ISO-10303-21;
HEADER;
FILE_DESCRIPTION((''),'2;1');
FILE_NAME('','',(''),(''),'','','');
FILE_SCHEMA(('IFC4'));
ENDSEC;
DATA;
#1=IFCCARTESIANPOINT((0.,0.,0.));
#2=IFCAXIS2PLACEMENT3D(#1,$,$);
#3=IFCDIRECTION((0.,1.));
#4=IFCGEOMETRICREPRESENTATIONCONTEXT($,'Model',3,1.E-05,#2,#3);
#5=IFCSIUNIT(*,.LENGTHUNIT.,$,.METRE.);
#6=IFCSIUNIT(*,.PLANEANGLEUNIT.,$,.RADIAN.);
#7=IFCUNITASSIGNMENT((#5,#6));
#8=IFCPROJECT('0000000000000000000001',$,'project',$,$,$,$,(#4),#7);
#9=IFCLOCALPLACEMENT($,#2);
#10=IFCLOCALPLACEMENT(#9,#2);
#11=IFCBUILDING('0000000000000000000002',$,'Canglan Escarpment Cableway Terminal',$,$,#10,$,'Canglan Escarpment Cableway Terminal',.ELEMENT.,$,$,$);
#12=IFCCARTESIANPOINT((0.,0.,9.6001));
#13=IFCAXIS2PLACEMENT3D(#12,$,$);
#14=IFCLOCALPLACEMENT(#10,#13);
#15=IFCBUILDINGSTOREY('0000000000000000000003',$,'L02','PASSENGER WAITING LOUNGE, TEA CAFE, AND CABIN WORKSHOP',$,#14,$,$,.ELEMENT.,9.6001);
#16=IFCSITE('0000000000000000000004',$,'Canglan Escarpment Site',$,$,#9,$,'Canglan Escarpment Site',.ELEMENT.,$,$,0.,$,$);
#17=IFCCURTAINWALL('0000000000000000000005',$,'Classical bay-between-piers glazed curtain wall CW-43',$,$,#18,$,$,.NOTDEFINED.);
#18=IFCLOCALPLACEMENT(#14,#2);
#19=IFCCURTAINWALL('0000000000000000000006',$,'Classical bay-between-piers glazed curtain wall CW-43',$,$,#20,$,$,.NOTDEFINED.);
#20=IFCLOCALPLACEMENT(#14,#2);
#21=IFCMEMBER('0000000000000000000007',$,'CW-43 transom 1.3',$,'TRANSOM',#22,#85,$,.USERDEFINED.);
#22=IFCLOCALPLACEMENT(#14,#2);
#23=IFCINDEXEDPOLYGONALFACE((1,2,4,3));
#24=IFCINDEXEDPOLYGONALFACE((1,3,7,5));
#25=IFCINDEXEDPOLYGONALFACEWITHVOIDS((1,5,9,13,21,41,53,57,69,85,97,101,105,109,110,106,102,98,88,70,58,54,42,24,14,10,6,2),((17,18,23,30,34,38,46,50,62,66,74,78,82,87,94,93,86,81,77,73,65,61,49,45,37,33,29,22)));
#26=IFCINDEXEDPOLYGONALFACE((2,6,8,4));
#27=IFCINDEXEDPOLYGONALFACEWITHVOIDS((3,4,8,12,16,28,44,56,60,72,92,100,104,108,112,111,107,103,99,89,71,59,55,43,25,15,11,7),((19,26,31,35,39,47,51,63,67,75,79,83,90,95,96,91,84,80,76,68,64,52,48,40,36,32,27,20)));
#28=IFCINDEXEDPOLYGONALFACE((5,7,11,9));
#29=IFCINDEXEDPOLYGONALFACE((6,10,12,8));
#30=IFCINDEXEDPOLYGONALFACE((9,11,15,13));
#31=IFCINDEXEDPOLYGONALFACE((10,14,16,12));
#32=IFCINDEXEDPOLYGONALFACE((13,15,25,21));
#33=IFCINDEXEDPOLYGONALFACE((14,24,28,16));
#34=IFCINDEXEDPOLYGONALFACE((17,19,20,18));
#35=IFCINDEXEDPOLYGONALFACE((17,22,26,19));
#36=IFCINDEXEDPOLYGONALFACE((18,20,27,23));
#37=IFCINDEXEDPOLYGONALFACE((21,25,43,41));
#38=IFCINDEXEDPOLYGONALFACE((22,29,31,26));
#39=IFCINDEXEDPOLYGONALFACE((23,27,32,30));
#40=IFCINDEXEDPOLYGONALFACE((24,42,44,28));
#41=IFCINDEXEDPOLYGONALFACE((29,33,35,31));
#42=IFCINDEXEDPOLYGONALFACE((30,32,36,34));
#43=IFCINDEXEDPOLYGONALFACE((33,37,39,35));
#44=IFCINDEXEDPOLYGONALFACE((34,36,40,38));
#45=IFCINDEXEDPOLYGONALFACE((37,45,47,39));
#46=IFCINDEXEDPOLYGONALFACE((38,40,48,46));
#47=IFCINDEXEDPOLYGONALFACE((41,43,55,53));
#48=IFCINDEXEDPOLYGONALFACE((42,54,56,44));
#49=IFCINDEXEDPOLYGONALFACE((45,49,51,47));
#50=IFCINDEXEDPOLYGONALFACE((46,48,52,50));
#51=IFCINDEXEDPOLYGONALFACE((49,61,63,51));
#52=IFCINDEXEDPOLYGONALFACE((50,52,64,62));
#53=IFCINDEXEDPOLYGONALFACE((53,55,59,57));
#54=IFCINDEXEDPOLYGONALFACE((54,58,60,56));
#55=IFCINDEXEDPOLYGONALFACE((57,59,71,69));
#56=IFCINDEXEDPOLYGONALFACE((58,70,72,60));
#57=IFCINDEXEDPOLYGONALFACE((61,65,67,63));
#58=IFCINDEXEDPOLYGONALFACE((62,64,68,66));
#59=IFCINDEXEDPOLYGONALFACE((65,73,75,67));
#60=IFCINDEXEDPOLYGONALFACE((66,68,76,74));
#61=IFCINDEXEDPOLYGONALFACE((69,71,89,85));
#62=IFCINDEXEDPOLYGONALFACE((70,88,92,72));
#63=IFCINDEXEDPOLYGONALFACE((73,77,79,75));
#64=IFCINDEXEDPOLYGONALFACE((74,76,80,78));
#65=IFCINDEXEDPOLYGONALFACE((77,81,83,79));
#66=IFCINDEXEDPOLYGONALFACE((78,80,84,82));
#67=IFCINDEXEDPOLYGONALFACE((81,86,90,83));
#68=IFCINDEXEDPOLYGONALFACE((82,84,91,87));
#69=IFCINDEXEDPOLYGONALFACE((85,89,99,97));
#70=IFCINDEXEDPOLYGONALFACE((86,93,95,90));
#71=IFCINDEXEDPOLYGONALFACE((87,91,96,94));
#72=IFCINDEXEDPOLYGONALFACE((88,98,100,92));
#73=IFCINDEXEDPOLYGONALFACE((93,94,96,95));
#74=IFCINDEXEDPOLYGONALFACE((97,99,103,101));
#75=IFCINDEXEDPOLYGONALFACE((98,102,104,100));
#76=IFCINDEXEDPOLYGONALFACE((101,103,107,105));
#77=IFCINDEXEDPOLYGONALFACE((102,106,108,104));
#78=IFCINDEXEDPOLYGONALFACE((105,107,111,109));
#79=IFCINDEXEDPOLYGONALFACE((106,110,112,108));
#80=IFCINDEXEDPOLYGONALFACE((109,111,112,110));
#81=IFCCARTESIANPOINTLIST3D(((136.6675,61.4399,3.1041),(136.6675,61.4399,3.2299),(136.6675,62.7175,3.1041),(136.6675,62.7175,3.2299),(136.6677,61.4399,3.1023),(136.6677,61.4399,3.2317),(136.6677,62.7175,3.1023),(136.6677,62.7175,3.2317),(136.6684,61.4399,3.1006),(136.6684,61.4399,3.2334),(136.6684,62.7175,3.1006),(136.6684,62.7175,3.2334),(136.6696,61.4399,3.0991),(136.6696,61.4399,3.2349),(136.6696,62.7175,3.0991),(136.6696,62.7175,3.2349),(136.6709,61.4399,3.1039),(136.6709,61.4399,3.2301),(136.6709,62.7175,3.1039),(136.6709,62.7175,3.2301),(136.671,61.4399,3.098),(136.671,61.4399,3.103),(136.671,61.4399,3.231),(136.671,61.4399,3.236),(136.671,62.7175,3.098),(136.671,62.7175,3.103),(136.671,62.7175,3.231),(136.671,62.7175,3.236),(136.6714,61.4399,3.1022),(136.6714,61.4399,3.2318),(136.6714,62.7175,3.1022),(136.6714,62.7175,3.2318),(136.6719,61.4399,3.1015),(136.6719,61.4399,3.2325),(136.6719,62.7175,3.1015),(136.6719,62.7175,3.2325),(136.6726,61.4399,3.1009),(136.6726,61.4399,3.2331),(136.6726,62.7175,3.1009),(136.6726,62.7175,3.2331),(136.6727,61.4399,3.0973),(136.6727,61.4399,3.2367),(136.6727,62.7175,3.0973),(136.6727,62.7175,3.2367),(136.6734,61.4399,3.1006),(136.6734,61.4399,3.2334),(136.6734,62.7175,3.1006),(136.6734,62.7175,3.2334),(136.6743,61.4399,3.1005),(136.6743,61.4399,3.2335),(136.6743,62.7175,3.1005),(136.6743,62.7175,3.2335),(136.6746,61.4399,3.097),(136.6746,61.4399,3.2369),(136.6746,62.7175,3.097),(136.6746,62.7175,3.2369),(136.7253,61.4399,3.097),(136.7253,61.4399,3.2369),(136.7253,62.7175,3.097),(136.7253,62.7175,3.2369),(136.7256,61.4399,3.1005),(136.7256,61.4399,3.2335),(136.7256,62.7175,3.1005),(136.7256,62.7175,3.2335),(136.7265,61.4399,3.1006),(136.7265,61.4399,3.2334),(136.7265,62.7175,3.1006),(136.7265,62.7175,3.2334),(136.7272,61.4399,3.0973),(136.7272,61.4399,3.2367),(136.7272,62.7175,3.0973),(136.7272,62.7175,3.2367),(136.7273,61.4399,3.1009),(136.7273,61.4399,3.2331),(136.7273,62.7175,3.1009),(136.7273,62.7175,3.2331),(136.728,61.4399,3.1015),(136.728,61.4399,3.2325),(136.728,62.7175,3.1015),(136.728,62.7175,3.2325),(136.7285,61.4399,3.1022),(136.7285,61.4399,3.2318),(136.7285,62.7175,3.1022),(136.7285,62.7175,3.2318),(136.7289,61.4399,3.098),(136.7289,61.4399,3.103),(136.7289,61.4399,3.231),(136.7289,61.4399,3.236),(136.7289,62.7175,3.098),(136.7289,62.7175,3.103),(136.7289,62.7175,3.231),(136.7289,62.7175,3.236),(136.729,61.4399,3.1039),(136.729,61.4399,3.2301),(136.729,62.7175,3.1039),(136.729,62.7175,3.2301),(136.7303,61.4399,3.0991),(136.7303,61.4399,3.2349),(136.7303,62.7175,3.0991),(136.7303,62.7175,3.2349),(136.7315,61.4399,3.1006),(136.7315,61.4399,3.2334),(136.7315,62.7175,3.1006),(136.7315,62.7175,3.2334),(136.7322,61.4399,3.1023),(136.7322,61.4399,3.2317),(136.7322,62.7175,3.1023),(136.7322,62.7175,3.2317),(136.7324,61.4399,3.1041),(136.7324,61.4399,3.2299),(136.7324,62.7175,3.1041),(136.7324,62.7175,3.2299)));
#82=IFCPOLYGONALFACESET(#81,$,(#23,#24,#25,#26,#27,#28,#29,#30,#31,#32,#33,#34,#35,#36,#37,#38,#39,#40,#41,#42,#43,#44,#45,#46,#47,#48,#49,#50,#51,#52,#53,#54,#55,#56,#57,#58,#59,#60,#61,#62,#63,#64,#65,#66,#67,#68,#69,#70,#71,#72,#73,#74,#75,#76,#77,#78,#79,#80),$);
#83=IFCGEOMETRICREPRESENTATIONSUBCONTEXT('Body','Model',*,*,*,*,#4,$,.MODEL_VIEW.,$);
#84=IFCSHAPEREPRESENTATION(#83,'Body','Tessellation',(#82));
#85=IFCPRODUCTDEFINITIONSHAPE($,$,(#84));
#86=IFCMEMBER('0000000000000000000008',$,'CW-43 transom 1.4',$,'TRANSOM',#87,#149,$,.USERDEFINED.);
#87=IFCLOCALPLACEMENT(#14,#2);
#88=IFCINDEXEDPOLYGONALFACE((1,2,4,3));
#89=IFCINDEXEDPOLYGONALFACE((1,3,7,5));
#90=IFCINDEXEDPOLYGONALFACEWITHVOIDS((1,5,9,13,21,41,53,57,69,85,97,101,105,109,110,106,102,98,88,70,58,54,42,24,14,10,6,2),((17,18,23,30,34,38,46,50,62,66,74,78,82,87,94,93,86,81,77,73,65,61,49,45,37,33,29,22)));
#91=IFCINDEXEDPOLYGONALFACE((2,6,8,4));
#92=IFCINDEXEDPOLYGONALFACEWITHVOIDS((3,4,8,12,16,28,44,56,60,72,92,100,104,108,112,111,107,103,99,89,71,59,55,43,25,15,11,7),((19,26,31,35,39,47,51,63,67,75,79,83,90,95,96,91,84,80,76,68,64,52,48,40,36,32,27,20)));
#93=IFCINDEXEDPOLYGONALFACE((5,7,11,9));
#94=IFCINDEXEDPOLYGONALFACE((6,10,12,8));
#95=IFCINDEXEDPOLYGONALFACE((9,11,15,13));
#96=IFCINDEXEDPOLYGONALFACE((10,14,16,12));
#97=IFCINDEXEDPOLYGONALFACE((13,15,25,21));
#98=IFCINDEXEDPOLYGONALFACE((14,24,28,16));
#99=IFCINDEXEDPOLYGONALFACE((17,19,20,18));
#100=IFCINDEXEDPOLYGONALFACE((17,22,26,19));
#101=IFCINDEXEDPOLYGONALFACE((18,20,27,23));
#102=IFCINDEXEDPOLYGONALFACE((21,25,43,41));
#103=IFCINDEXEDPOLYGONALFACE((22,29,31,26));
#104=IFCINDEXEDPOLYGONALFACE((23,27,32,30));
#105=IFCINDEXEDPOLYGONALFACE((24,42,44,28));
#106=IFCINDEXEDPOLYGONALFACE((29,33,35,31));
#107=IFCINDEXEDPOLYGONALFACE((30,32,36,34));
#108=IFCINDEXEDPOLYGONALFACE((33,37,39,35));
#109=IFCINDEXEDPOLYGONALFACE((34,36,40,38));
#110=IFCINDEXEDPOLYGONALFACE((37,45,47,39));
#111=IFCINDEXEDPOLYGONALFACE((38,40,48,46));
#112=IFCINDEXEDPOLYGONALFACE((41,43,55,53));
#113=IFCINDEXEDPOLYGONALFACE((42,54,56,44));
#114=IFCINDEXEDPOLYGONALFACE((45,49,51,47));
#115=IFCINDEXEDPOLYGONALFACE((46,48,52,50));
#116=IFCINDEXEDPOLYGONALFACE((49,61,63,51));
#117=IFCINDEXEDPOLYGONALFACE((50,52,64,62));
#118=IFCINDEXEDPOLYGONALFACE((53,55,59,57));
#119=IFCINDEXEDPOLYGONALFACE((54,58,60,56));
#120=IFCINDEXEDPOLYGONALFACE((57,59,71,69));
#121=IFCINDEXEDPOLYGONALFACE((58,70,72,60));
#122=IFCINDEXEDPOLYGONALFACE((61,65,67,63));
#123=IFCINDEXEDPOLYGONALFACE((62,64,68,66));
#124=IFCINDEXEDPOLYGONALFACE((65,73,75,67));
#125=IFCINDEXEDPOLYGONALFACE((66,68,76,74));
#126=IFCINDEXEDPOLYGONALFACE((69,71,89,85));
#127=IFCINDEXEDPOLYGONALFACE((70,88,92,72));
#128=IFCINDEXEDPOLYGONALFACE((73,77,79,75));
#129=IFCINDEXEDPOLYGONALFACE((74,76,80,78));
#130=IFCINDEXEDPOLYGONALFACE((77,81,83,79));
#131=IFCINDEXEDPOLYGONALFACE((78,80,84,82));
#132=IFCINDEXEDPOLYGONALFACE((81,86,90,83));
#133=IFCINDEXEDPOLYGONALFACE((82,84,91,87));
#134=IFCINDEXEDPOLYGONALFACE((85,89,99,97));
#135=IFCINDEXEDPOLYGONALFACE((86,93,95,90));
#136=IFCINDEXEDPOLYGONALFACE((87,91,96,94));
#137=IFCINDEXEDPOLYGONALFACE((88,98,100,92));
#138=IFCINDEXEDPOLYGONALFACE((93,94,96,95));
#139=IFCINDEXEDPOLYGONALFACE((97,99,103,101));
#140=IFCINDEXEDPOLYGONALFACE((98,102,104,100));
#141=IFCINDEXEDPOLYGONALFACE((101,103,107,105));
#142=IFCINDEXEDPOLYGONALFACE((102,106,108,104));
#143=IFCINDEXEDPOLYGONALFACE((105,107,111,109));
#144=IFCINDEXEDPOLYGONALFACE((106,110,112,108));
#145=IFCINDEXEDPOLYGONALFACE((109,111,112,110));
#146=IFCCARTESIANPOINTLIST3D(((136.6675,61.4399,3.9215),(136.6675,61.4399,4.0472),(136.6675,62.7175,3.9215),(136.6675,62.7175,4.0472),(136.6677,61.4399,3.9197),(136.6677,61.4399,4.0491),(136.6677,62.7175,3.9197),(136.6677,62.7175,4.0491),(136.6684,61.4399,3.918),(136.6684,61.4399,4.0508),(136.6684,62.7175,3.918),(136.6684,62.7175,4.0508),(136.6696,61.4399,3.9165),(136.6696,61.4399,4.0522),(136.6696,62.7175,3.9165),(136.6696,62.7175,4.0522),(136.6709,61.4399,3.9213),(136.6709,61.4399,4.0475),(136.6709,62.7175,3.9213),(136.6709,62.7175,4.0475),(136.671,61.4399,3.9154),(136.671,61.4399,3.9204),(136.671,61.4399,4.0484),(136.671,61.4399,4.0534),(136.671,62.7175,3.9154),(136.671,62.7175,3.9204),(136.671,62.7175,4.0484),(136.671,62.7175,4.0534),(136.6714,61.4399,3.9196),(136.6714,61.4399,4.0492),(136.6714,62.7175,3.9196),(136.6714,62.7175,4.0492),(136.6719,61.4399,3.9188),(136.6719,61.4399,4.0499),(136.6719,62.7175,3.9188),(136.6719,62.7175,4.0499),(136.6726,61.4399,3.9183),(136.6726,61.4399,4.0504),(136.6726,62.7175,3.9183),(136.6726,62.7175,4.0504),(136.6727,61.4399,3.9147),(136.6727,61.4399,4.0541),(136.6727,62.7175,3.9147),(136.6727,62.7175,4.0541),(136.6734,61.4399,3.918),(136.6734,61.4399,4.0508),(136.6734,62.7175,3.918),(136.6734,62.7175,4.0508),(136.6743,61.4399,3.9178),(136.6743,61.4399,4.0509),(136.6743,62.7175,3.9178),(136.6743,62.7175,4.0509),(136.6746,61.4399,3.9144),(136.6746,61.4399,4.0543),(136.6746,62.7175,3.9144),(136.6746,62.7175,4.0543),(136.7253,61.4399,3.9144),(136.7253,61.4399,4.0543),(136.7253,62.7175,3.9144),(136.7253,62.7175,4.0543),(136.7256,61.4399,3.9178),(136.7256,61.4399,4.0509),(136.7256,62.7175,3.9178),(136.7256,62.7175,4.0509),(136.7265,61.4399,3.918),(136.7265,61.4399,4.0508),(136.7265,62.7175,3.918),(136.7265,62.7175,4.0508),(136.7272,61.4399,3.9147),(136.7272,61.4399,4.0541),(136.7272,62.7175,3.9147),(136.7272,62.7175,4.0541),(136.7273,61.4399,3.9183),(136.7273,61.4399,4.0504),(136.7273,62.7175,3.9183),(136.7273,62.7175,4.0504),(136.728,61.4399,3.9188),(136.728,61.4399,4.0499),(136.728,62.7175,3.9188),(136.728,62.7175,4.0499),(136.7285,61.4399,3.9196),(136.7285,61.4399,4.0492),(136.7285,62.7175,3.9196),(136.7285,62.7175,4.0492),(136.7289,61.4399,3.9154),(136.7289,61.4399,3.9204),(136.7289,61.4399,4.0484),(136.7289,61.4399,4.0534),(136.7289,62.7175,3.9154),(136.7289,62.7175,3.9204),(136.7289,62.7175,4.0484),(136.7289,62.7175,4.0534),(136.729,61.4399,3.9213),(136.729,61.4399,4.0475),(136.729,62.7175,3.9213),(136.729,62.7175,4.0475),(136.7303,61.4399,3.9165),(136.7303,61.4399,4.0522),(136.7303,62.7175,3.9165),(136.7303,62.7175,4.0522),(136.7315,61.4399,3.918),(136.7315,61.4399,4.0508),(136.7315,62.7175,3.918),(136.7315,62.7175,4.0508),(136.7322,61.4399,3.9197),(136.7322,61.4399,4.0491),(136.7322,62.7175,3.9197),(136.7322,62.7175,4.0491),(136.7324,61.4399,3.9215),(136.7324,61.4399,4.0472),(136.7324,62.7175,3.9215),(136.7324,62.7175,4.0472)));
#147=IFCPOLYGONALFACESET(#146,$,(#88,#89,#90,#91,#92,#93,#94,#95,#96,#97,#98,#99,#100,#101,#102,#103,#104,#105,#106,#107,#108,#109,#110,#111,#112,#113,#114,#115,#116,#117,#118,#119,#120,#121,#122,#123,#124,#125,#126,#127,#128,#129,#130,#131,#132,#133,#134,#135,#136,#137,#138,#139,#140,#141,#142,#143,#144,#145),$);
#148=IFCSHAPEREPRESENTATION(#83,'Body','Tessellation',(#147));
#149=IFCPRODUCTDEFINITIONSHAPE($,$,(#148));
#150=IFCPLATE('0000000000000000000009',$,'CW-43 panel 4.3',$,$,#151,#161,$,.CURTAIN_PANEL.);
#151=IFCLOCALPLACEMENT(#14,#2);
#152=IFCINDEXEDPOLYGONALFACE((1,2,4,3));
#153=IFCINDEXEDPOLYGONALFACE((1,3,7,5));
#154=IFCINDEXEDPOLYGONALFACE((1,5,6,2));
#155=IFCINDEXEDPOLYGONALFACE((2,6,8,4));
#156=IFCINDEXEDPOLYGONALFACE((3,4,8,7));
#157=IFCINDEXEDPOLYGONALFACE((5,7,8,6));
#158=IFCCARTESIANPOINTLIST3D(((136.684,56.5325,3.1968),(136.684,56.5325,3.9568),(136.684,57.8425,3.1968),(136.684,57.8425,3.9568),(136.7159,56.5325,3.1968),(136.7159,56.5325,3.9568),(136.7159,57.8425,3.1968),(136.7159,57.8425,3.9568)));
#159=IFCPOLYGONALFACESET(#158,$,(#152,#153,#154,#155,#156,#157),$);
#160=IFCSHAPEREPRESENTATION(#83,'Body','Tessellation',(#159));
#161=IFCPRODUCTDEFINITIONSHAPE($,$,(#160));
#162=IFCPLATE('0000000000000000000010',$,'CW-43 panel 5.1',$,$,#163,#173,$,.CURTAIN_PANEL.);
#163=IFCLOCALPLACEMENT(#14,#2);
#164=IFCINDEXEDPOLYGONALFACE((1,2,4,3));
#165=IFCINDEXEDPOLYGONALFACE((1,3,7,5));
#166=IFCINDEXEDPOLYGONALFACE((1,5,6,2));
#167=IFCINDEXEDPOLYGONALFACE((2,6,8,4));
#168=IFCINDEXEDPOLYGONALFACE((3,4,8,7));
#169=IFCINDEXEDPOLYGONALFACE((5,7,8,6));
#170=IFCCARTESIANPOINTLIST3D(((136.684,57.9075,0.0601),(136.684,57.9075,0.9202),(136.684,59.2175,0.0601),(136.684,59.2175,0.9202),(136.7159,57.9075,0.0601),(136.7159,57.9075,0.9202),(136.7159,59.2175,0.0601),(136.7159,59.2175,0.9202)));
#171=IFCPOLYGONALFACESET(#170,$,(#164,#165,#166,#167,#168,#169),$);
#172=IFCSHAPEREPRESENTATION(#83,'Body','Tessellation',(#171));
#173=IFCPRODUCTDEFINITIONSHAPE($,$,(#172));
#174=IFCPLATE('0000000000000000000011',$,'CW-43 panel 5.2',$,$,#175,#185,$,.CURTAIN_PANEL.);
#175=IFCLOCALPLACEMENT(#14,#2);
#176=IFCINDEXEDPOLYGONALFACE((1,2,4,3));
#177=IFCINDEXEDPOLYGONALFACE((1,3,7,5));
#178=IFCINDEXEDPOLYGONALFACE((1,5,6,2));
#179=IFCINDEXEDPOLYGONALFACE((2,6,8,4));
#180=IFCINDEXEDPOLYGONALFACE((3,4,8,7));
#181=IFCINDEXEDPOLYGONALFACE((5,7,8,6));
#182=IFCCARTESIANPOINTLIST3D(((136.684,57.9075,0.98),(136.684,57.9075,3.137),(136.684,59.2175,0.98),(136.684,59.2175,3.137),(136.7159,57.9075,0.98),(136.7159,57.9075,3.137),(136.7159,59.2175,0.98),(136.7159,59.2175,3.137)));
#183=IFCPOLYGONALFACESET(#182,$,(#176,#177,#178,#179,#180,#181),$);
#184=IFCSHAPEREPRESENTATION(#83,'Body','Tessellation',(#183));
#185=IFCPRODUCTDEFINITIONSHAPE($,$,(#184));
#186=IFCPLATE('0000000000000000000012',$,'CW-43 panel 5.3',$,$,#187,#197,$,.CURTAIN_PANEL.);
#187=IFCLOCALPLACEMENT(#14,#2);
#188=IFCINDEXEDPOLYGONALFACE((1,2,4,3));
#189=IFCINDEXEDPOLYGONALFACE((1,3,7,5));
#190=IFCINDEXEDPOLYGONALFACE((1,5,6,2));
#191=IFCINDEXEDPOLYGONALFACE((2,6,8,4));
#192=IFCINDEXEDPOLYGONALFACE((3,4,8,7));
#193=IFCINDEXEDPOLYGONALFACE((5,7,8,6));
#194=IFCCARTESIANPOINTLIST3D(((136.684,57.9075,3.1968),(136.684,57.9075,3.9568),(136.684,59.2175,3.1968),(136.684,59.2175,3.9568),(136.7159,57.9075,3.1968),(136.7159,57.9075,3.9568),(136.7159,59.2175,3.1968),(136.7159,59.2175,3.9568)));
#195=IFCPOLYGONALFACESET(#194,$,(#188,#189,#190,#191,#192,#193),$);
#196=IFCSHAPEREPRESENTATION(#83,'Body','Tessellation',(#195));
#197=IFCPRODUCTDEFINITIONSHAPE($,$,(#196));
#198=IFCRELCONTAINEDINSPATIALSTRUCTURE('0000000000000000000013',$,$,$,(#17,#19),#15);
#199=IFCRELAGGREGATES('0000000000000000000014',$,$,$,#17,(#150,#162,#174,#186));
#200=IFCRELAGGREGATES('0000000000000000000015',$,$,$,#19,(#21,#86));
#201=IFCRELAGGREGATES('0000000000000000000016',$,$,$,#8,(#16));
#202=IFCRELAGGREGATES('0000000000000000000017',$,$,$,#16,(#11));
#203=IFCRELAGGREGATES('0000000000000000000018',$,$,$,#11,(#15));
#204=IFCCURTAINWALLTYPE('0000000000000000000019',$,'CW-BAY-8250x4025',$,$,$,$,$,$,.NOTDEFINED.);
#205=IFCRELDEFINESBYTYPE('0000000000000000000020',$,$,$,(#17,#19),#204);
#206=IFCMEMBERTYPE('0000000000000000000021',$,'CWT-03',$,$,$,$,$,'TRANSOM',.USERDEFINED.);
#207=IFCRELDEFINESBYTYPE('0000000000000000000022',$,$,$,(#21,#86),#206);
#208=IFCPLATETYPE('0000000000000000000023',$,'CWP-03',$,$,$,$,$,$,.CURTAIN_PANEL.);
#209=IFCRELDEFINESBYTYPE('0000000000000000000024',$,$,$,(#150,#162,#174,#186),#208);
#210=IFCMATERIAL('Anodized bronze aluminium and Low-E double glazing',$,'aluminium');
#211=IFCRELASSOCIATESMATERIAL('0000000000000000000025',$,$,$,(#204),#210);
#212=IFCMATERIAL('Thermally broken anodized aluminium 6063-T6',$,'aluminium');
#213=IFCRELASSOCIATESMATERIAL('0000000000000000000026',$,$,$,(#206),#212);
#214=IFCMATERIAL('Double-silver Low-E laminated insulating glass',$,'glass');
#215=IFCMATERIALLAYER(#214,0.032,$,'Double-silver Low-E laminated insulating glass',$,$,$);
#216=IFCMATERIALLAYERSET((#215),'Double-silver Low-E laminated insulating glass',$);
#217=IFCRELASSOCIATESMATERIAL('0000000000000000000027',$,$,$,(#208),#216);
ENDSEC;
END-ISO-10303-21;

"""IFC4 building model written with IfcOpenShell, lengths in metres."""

from ifc_helpers import new_model, si_unit, direction, frame, origin, origin_2d, place, context, subcontext, project, spatial, rectangle, hollow_rectangle, extrude, material, layer, layer_set, material_profile, profile_set, type_object, element, aggregate, save


model = new_model("IFC4")

# Units and contexts
model_context = context("Model", 3, precision=1e-05, world=origin(), true_north=direction((0.0, 1.0)))
body_context = subcontext(model_context, "Body", "Model", "MODEL_VIEW")
ifc_project = project(units=[si_unit("LENGTHUNIT", "METRE"), si_unit("PLANEANGLEUNIT", "RADIAN")], contexts=[model_context])

# Site, building, storey
site_placement = place(None, origin())
site = spatial("IfcSite", under=ifc_project, at=site_placement, Name="Canglan Escarpment Site", LongName="Canglan Escarpment Site", CompositionType="ELEMENT", RefElevation=0.0)
building_placement = place(site_placement, origin())
building = spatial("IfcBuilding", under=site, at=building_placement, Name="Canglan Escarpment Cableway Terminal", LongName="Canglan Escarpment Cableway Terminal", CompositionType="ELEMENT")
storey_placement = place(building_placement, frame((0.0, 0.0, 9.6001)))
storey = spatial("IfcBuildingStorey", under=building, at=storey_placement, Name="L02", Description="PASSENGER WAITING LOUNGE, TEA CAFE, AND CABIN WORKSHOP", CompositionType="ELEMENT", Elevation=9.6001)

# Curtain walls
ifc_material_1 = material(Name="Anodized bronze aluminium and Low-E double glazing", Category="aluminium")
curtain_wall_type = type_object("IfcCurtainWallType", Name="CW-BAY-8250x4025", PredefinedType="NOTDEFINED", material=ifc_material_1)
curtain_wall_1_placement = place(storey_placement, origin())
curtain_wall_1 = element("IfcCurtainWall", 1, at=curtain_wall_1_placement, inside=storey, type_object=curtain_wall_type, Name="Classical bay-between-piers glazed curtain wall CW-43", PredefinedType="NOTDEFINED")
ifc_material_2 = material(Name="Thermally broken anodized aluminium 6063-T6", Category="aluminium")
curtain_wall_2_placement = place(storey_placement, origin())
curtain_wall_2 = element("IfcCurtainWall", 2, at=curtain_wall_2_placement, inside=storey, type_object=curtain_wall_type, Name="Classical bay-between-piers glazed curtain wall CW-43", PredefinedType="NOTDEFINED")

# Members
ifc_material_profile_1 = material_profile(ifc_material_2, hollow_rectangle(XDim=0.0649, YDim=0.1399, WallThickness=0.0034, InnerFilletRadius=0.0034, OuterFilletRadius=0.0071, at=origin_2d()), Name="ALU-TRAN 65x140x3.5")
ifc_profile_set_1 = profile_set([ifc_material_profile_1], Name="Thermally broken anodized aluminium 6063-T6")
member_type_1 = type_object("IfcMemberType", Name="CWT-03", ElementType="TRANSOM", PredefinedType="USERDEFINED", material=ifc_profile_set_1)
member_1_placement = place(storey_placement, frame((136.7, 61.4399, 3.167), z_axis=(0.0, 1.0, 0.0), x_axis=(-1.0, 0.0, 0.0)))
member_1 = element("IfcMember", 3, at=member_1_placement, type_object=member_type_1, Name="CW-43 transom 1.3", ObjectType="TRANSOM", PredefinedType="USERDEFINED", context=body_context, shape_type="SweptSolid", body=[
    extrude(hollow_rectangle(XDim=0.0649, YDim=0.1399, WallThickness=0.0034, InnerFilletRadius=0.0034, OuterFilletRadius=0.0071, at=origin_2d()), origin(), (0.0, 0.0, 1.0), 1.2776),
])
member_2_placement = place(storey_placement, frame((136.7, 61.4399, 3.9844), z_axis=(0.0, 1.0, 0.0), x_axis=(-1.0, 0.0, 0.0)))
member_2 = element("IfcMember", 4, at=member_2_placement, type_object=member_type_1, Name="CW-43 transom 1.4", ObjectType="TRANSOM", PredefinedType="USERDEFINED", context=body_context, shape_type="SweptSolid", body=[
    extrude(hollow_rectangle(XDim=0.0649, YDim=0.1399, WallThickness=0.0034, InnerFilletRadius=0.0034, OuterFilletRadius=0.0071, at=origin_2d()), origin(), (0.0, 0.0, 1.0), 1.2776),
])

# Plates
ifc_material_3 = material(Name="Double-silver Low-E laminated insulating glass", Category="glass")
ifc_layer_1 = layer(ifc_material_3, 0.032, Name="Double-silver Low-E laminated insulating glass")
ifc_layer_set_1 = layer_set([ifc_layer_1], Name="Double-silver Low-E laminated insulating glass")
plate_type_1 = type_object("IfcPlateType", Name="CWP-03", PredefinedType="CURTAIN_PANEL", material=ifc_layer_set_1)
plate_1_placement = place(storey_placement, frame((136.7, 57.1875, 3.1968), z_axis=(0.0, 0.0, 1.0), x_axis=(0.0, 1.0, 0.0)))
plate_1 = element("IfcPlate", 5, at=plate_1_placement, type_object=plate_type_1, Name="CW-43 panel 4.3", PredefinedType="CURTAIN_PANEL", context=body_context, shape_type="SweptSolid", body=[
    extrude(rectangle(XDim=1.3101, YDim=0.032, at=origin_2d()), origin(), (0.0, 0.0, 1.0), 0.76),
])
plate_2_placement = place(storey_placement, frame((136.7, 58.5625, 0.0601), z_axis=(0.0, 0.0, 1.0), x_axis=(0.0, 1.0, 0.0)))
plate_2 = element("IfcPlate", 6, at=plate_2_placement, type_object=plate_type_1, Name="CW-43 panel 5.1", PredefinedType="CURTAIN_PANEL", context=body_context, shape_type="SweptSolid", body=[
    extrude(rectangle(XDim=1.3101, YDim=0.032, at=origin_2d()), origin(), (0.0, 0.0, 1.0), 0.8601),
])
plate_3_placement = place(storey_placement, frame((136.7, 58.5625, 0.98), z_axis=(0.0, 0.0, 1.0), x_axis=(0.0, 1.0, 0.0)))
plate_3 = element("IfcPlate", 7, at=plate_3_placement, type_object=plate_type_1, Name="CW-43 panel 5.2", PredefinedType="CURTAIN_PANEL", context=body_context, shape_type="SweptSolid", body=[
    extrude(rectangle(XDim=1.3101, YDim=0.032, at=origin_2d()), origin(), (0.0, 0.0, 1.0), 2.157),
])
plate_4_placement = place(storey_placement, frame((136.7, 58.5625, 3.1968), z_axis=(0.0, 0.0, 1.0), x_axis=(0.0, 1.0, 0.0)))
plate_4 = element("IfcPlate", 8, at=plate_4_placement, type_object=plate_type_1, Name="CW-43 panel 5.3", PredefinedType="CURTAIN_PANEL", context=body_context, shape_type="SweptSolid", body=[
    extrude(rectangle(XDim=1.3101, YDim=0.032, at=origin_2d()), origin(), (0.0, 0.0, 1.0), 0.76),
])
aggregate(curtain_wall_1, [plate_1, plate_2, plate_3, plate_4])
aggregate(curtain_wall_2, [member_1, member_2])

save(model, "model.ifc")
